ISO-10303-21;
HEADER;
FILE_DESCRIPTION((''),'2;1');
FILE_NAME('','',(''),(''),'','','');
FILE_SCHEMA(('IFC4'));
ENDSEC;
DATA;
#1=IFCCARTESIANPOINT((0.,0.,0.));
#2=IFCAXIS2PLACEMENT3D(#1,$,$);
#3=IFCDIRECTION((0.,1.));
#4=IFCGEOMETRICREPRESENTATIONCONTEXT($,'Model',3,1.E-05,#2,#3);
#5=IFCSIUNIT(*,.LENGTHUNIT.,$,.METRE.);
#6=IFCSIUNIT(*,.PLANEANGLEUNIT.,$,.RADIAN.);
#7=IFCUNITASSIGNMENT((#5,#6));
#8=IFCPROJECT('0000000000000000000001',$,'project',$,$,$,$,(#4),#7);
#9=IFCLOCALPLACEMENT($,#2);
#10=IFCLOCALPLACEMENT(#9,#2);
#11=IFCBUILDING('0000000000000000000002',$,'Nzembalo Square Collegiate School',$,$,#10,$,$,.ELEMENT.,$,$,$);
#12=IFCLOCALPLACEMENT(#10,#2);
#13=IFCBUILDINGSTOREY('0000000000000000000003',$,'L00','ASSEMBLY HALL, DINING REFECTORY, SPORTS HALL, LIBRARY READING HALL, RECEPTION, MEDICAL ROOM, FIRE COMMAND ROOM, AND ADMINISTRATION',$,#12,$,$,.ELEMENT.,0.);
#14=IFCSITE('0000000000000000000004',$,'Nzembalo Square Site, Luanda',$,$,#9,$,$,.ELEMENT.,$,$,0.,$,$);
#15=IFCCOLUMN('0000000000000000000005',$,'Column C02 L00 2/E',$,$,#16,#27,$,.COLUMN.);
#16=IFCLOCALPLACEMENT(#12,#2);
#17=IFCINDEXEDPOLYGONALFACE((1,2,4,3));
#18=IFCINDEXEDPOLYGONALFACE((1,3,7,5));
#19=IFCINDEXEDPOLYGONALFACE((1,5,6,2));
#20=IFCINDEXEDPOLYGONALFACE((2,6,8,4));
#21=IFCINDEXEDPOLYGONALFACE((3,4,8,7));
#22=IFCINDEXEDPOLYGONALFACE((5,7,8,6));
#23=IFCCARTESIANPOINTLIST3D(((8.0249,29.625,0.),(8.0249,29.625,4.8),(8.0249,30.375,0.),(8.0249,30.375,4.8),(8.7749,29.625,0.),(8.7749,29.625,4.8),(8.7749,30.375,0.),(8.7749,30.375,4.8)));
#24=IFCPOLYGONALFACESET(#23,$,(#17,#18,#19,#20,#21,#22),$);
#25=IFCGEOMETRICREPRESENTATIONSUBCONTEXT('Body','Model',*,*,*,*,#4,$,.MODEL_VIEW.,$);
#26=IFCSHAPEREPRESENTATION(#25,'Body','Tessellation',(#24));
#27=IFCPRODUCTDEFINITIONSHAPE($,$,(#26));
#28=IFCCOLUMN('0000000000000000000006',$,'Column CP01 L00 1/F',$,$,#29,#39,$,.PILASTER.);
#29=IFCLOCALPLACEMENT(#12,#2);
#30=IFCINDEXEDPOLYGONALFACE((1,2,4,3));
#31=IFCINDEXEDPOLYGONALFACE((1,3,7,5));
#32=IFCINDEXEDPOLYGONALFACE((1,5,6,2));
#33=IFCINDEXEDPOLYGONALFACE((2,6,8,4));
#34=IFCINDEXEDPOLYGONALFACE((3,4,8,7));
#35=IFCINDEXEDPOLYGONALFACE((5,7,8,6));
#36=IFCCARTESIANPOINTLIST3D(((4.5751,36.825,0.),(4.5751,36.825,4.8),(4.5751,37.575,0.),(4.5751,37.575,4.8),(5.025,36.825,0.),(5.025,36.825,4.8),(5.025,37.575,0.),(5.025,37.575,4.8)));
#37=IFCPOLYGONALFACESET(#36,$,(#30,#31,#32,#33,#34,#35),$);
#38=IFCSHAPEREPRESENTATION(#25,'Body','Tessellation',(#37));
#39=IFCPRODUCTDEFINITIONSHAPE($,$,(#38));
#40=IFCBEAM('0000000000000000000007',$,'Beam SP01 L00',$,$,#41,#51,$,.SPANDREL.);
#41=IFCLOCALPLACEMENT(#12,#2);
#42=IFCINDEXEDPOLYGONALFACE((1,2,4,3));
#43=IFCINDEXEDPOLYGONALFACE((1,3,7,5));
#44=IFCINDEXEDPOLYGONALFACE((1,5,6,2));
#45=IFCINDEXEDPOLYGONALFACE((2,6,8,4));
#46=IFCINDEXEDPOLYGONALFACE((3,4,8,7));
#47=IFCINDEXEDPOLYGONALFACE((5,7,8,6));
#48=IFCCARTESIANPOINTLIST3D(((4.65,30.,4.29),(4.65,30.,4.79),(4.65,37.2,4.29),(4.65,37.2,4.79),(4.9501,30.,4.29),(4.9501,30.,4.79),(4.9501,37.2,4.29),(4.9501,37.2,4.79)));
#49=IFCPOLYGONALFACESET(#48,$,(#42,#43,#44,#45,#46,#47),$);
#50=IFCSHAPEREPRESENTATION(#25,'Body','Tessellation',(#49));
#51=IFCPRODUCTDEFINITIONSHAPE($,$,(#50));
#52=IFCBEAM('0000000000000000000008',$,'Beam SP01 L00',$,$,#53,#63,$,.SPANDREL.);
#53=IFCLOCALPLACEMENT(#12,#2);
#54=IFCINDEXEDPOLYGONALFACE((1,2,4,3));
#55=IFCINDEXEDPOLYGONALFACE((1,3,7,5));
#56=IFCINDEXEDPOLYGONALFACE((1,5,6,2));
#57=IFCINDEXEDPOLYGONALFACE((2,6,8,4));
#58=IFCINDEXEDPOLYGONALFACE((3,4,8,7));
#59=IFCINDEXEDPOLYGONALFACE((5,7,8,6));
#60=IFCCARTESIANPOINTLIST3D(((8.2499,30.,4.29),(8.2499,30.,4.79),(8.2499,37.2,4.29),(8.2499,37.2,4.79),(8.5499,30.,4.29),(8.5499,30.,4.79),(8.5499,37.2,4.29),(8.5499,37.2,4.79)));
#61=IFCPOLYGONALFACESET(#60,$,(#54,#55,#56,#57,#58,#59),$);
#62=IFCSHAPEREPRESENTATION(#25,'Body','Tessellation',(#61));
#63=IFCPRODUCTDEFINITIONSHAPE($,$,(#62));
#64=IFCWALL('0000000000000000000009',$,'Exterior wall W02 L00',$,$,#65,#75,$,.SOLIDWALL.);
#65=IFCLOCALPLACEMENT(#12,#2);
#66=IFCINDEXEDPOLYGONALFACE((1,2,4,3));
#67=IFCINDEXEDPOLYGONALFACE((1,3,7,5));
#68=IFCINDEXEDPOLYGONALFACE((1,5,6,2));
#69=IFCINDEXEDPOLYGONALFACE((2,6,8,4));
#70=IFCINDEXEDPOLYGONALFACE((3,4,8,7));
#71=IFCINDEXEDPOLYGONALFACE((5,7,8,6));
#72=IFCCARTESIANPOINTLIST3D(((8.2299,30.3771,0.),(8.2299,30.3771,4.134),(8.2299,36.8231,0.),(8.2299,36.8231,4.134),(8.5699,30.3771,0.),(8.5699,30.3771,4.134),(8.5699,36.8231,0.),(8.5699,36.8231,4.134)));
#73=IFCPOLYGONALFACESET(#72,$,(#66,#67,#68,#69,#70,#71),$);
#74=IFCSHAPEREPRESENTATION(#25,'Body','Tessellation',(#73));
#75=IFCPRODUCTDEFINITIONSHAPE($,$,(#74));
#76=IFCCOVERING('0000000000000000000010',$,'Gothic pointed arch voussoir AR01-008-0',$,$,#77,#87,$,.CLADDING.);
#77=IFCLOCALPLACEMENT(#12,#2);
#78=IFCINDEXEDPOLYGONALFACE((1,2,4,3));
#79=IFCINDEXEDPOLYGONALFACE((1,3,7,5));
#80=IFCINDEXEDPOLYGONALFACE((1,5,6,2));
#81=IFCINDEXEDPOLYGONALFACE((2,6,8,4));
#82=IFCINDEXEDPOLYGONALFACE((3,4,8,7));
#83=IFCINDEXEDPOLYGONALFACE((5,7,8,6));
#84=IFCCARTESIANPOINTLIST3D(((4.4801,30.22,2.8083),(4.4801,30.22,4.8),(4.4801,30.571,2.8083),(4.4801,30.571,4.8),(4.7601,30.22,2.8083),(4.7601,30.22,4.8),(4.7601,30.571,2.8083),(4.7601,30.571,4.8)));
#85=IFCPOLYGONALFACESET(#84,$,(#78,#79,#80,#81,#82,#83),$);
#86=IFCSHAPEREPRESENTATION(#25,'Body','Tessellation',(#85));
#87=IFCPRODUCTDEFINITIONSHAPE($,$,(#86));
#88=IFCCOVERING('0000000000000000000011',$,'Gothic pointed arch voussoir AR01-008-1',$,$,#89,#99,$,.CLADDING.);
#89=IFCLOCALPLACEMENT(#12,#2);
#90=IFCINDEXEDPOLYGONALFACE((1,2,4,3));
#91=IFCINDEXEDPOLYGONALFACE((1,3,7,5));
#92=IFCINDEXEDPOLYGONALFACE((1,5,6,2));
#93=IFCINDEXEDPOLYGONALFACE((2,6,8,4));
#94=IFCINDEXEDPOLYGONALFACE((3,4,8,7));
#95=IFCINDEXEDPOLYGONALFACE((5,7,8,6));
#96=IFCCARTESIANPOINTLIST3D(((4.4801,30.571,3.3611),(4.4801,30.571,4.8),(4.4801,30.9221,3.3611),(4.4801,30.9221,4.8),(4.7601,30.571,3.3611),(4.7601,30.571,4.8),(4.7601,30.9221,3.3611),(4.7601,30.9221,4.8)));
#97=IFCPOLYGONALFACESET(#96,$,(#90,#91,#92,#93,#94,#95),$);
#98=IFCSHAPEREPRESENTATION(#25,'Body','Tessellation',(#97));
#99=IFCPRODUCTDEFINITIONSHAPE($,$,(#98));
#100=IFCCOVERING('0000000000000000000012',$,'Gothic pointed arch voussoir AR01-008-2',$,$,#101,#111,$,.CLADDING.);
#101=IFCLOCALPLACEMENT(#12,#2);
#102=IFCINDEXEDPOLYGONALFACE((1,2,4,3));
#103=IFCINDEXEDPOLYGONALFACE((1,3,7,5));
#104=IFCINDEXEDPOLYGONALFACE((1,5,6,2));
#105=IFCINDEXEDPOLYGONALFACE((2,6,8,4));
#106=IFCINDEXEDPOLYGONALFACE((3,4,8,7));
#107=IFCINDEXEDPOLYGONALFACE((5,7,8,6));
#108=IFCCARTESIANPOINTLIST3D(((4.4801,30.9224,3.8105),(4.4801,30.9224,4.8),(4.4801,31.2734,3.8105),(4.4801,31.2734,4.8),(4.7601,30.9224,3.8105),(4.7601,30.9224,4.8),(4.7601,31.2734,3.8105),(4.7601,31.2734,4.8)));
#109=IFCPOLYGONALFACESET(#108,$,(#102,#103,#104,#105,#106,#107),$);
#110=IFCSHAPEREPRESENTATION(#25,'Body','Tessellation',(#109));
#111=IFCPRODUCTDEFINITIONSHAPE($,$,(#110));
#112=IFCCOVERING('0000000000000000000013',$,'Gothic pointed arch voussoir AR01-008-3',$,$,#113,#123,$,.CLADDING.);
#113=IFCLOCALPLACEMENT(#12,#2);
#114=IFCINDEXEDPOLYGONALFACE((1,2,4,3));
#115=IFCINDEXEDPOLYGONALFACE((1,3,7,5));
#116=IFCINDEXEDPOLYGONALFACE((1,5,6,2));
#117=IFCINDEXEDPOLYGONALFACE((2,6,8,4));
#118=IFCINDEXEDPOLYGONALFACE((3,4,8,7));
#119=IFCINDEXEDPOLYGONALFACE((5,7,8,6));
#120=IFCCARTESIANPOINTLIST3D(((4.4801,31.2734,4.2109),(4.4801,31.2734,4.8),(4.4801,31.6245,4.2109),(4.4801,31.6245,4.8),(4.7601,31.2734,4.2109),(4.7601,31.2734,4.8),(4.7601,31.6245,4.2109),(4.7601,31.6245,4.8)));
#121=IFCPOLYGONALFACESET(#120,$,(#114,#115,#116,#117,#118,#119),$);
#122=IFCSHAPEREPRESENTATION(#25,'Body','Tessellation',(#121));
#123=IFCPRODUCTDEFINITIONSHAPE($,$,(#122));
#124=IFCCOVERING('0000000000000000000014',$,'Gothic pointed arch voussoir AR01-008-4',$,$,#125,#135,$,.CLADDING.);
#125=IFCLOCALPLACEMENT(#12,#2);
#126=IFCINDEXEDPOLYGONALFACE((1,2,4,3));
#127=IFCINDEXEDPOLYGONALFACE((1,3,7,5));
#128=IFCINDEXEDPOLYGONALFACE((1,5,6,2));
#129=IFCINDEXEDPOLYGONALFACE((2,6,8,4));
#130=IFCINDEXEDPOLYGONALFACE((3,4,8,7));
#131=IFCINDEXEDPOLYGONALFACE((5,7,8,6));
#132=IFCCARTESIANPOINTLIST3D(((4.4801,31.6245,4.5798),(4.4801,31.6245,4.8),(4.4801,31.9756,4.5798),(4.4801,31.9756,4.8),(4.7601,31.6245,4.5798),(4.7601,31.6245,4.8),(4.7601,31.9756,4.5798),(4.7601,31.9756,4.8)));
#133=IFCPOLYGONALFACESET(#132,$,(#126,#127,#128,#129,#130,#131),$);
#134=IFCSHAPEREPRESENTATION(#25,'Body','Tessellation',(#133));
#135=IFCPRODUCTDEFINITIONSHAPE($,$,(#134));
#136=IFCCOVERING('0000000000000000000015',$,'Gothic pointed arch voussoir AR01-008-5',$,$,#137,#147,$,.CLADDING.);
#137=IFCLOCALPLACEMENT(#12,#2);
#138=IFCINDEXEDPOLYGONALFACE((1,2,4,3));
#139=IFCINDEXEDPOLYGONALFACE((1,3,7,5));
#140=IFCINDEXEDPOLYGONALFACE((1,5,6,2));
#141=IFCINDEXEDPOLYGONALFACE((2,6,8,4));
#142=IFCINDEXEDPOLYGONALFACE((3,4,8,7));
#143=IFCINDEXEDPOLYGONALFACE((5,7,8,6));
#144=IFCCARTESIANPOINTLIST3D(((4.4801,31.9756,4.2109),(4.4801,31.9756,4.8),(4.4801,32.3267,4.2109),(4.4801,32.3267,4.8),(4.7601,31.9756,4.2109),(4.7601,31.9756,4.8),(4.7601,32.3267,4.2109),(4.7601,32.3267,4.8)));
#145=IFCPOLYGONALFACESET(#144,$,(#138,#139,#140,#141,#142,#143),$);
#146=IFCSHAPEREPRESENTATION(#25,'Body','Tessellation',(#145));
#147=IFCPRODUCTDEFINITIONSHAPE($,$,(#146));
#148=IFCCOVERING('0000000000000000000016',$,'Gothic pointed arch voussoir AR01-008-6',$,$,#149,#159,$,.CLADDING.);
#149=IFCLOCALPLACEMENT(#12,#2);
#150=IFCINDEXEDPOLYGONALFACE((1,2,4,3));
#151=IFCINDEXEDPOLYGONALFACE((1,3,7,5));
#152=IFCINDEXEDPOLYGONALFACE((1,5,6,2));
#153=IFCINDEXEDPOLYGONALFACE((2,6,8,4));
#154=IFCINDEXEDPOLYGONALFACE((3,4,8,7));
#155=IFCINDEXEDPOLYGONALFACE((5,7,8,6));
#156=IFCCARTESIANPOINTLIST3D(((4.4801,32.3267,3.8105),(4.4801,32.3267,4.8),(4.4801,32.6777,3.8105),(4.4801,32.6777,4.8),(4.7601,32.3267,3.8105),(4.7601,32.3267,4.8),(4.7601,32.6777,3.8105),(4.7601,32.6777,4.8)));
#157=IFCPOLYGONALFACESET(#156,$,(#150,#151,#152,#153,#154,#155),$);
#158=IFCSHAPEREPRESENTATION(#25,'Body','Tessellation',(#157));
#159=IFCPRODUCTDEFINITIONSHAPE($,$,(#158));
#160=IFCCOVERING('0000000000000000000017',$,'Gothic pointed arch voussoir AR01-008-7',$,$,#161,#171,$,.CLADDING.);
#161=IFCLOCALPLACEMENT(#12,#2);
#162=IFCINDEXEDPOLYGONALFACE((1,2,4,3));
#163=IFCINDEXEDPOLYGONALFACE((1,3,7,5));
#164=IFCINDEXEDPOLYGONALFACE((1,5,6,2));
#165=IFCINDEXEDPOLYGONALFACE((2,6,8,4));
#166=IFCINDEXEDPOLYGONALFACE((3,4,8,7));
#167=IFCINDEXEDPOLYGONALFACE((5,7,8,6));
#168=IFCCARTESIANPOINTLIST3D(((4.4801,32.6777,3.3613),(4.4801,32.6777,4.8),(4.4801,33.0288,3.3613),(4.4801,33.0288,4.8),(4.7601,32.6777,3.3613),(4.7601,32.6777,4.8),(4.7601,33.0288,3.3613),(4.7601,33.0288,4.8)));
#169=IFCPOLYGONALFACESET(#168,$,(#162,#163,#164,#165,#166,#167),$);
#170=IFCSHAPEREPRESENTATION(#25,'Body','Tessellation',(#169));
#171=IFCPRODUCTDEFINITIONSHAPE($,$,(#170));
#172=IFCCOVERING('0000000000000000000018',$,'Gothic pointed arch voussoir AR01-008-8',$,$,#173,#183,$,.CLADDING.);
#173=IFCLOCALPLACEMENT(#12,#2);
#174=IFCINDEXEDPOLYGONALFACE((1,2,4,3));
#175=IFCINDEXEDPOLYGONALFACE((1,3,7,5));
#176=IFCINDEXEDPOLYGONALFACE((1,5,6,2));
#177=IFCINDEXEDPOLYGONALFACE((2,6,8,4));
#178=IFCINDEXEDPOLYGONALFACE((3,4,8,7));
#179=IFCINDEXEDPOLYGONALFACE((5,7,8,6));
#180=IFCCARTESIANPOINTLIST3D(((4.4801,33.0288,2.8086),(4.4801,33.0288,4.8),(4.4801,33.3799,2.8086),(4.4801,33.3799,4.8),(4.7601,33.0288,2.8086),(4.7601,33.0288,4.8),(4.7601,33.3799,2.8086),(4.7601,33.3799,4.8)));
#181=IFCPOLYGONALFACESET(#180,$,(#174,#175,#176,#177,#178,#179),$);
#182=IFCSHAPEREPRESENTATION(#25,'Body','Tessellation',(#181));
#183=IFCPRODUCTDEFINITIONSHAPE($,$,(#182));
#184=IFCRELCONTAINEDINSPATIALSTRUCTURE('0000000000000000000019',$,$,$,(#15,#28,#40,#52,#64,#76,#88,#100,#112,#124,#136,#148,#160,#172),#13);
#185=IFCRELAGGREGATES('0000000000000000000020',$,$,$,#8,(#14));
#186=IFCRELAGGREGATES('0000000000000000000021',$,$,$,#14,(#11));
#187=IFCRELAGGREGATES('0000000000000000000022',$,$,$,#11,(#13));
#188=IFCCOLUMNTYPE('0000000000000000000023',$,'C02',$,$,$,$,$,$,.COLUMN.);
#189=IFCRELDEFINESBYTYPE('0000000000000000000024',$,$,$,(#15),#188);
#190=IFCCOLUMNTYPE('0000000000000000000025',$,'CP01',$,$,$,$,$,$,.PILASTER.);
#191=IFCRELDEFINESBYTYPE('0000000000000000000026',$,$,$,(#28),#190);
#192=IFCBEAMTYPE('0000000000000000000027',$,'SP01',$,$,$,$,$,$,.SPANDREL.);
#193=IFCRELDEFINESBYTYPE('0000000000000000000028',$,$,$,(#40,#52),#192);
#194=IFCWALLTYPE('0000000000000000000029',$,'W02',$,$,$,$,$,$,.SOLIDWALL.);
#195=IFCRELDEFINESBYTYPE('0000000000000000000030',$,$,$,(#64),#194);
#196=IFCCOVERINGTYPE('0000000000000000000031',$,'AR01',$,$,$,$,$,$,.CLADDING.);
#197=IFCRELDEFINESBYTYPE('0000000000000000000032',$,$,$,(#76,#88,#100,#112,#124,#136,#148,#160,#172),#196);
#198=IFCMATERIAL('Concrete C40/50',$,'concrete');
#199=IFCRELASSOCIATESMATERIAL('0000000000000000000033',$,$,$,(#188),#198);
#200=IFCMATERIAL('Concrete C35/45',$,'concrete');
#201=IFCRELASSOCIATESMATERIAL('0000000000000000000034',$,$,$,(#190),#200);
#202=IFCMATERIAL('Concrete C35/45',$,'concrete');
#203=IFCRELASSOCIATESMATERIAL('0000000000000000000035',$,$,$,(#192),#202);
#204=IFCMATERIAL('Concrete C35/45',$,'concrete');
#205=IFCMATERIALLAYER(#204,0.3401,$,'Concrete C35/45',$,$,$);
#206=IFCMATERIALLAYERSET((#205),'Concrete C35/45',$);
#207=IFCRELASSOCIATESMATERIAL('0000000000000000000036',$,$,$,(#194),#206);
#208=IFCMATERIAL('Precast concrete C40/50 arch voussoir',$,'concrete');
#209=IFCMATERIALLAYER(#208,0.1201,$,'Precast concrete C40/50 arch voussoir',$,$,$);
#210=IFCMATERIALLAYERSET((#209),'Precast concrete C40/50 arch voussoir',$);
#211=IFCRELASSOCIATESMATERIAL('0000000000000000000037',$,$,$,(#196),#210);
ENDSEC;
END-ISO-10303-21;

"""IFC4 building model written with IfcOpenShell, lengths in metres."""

from ifc_helpers import new_model, si_unit, direction, frame, frame_2d, origin, origin_2d, place, context, subcontext, project, spatial, rectangle, extrude, material, layer, layer_set, material_profile, profile_set, type_object, element, save


model = new_model("IFC4")

# Units and contexts
model_context = context("Model", 3, precision=1e-05, world=origin(), true_north=direction((0.0, 1.0)))
body_context = subcontext(model_context, "Body", "Model", "MODEL_VIEW")
ifc_project = project(units=[si_unit("LENGTHUNIT", "METRE"), si_unit("PLANEANGLEUNIT", "RADIAN")], contexts=[model_context])

# Site, building, storey
site_placement = place(None, origin())
site = spatial("IfcSite", under=ifc_project, at=site_placement, Name="Nzembalo Square Site, Luanda", CompositionType="ELEMENT", RefElevation=0.0)
building_placement = place(site_placement, origin())
building = spatial("IfcBuilding", under=site, at=building_placement, Name="Nzembalo Square Collegiate School", CompositionType="ELEMENT")
storey_placement = place(building_placement, origin())
storey = spatial("IfcBuildingStorey", under=building, at=storey_placement, Name="L00", Description="ASSEMBLY HALL, DINING REFECTORY, SPORTS HALL, LIBRARY READING HALL, RECEPTION, MEDICAL ROOM, FIRE COMMAND ROOM, AND ADMINISTRATION", CompositionType="ELEMENT", Elevation=0.0)

# Columns
ifc_material_1 = material(Name="Concrete C40/50", Category="concrete")
ifc_material_profile_1 = material_profile(ifc_material_1, rectangle(XDim=0.75, YDim=0.75, at=origin_2d()), Name="RC 750x750")
ifc_profile_set_1 = profile_set([ifc_material_profile_1], Name="Concrete C40/50")
column_type_1 = type_object("IfcColumnType", Name="C02", PredefinedType="COLUMN", material=ifc_profile_set_1)
column_1_placement = place(storey_placement, frame((8.3999, 30.0, 0.0), z_axis=(0.0, 0.0, 1.0), x_axis=(1.0, 0.0, 0.0)))
element("IfcColumn", 1, at=column_1_placement, inside=storey, type_object=column_type_1, Name="Column C02 L00 2/E", PredefinedType="COLUMN", context=body_context, shape_type="SweptSolid", body=[
    extrude(rectangle(XDim=0.75, YDim=0.75, at=origin_2d()), origin(), (0.0, 0.0, 1.0), 4.8),
])
ifc_material_2 = material(Name="Concrete C35/45", Category="concrete")
ifc_material_profile_2 = material_profile(ifc_material_2, rectangle(XDim=0.45, YDim=0.75, at=origin_2d()), Name="RC 450x750")
ifc_profile_set_2 = profile_set([ifc_material_profile_2], Name="Concrete C35/45")
column_type_2 = type_object("IfcColumnType", Name="CP01", PredefinedType="PILASTER", material=ifc_profile_set_2)
column_2_placement = place(storey_placement, frame((4.8, 37.2, 0.0), z_axis=(0.0, 0.0, 1.0), x_axis=(1.0, 0.0, 0.0)))
element("IfcColumn", 2, at=column_2_placement, inside=storey, type_object=column_type_2, Name="Column CP01 L00 1/F", PredefinedType="PILASTER", context=body_context, shape_type="SweptSolid", body=[
    extrude(rectangle(XDim=0.45, YDim=0.75, at=origin_2d()), origin(), (0.0, 0.0, 1.0), 4.8),
])

# Beams
ifc_material_3 = material(Name="Concrete C35/45", Category="concrete")
ifc_material_profile_3 = material_profile(ifc_material_3, rectangle(XDim=0.3, YDim=0.5, at=origin_2d()), Name="RC 300x500")
ifc_profile_set_3 = profile_set([ifc_material_profile_3], Name="Concrete C35/45")
beam_type = type_object("IfcBeamType", Name="SP01", PredefinedType="SPANDREL", material=ifc_profile_set_3)
for number, where, z_axis, x_axis, name in (
    (3, (4.8, 30.0, 4.54), (0.0, 1.0, 0.0), (-1.0, 0.0, 0.0), "Beam SP01 L00"),
    (4, (8.3999, 30.0, 4.54), (0.0, 1.0, 0.0), (-1.0, 0.0, 0.0), "Beam SP01 L00"),
):
    element("IfcBeam", number, at=place(storey_placement, frame(where, z_axis=z_axis, x_axis=x_axis)), inside=storey, type_object=beam_type, Name=name, PredefinedType="SPANDREL", context=body_context, shape_type="SweptSolid", body=[
        extrude(rectangle(XDim=0.3, YDim=0.5, at=origin_2d()), origin(), (0.0, 0.0, 1.0), 7.2),
    ])

# Wall
ifc_material_4 = material(Name="Concrete C35/45", Category="concrete")
ifc_layer_1 = layer(ifc_material_4, 0.3401, Name="Concrete C35/45")
ifc_layer_set_1 = layer_set([ifc_layer_1], Name="Concrete C35/45")
wall_type = type_object("IfcWallType", Name="W02", PredefinedType="SOLIDWALL", material=ifc_layer_set_1)
wall_placement = place(storey_placement, frame((8.3999, 30.377, 0.0), z_axis=(0.0, 0.0, 1.0), x_axis=(0.0, 1.0, 0.0)))
element("IfcWall", 5, at=wall_placement, inside=storey, type_object=wall_type, Name="Exterior wall W02 L00", PredefinedType="SOLIDWALL", context=body_context, shape_type="SweptSolid", body=[
    extrude(rectangle(XDim=6.446, YDim=0.3401, at=frame_2d((3.2231, 0.0))), origin(), (0.0, 0.0, 1.0), 4.134),
])

# Coverings
ifc_material_5 = material(Name="Precast concrete C40/50 arch voussoir", Category="concrete")
ifc_layer_2 = layer(ifc_material_5, 0.1201, Name="Precast concrete C40/50 arch voussoir")
ifc_layer_set_2 = layer_set([ifc_layer_2], Name="Precast concrete C40/50 arch voussoir")
covering_type = type_object("IfcCoveringType", Name="AR01", PredefinedType="CLADDING", material=ifc_layer_set_2)
covering_1_placement = place(storey_placement, frame((4.6201, 30.3955, 2.8083), z_axis=(0.0, 0.0, 1.0), x_axis=(1.0, 0.0, 0.0)))
element("IfcCovering", 6, at=covering_1_placement, inside=storey, type_object=covering_type, Name="Gothic pointed arch voussoir AR01-008-0", PredefinedType="CLADDING", context=body_context, shape_type="SweptSolid", body=[
    extrude(rectangle(XDim=0.28, YDim=0.3511, at=origin_2d()), origin(), (0.0, 0.0, 1.0), 1.9917),
])
covering_2_placement = place(storey_placement, frame((4.6201, 30.7466, 3.3611), z_axis=(0.0, 0.0, 1.0), x_axis=(1.0, 0.0, 0.0)))
element("IfcCovering", 7, at=covering_2_placement, inside=storey, type_object=covering_type, Name="Gothic pointed arch voussoir AR01-008-1", PredefinedType="CLADDING", context=body_context, shape_type="SweptSolid", body=[
    extrude(rectangle(XDim=0.28, YDim=0.3511, at=origin_2d()), origin(), (0.0, 0.0, 1.0), 1.439),
])
covering_3_placement = place(storey_placement, frame((4.6201, 31.0979, 3.8105), z_axis=(0.0, 0.0, 1.0), x_axis=(1.0, 0.0, 0.0)))
element("IfcCovering", 8, at=covering_3_placement, inside=storey, type_object=covering_type, Name="Gothic pointed arch voussoir AR01-008-2", PredefinedType="CLADDING", context=body_context, shape_type="SweptSolid", body=[
    extrude(rectangle(XDim=0.28, YDim=0.3511, at=origin_2d()), origin(), (0.0, 0.0, 1.0), 0.9895),
])
covering_4_placement = place(storey_placement, frame((4.6201, 31.449, 4.2109), z_axis=(0.0, 0.0, 1.0), x_axis=(1.0, 0.0, 0.0)))
element("IfcCovering", 9, at=covering_4_placement, inside=storey, type_object=covering_type, Name="Gothic pointed arch voussoir AR01-008-3", PredefinedType="CLADDING", context=body_context, shape_type="SweptSolid", body=[
    extrude(rectangle(XDim=0.28, YDim=0.3511, at=origin_2d()), origin(), (0.0, 0.0, 1.0), 0.5891),
])
covering_5_placement = place(storey_placement, frame((4.6201, 31.8, 4.5798), z_axis=(0.0, 0.0, 1.0), x_axis=(1.0, 0.0, 0.0)))
element("IfcCovering", 10, at=covering_5_placement, inside=storey, type_object=covering_type, Name="Gothic pointed arch voussoir AR01-008-4", PredefinedType="CLADDING", context=body_context, shape_type="SweptSolid", body=[
    extrude(rectangle(XDim=0.28, YDim=0.3511, at=origin_2d()), origin(), (0.0, 0.0, 1.0), 0.2202),
])
covering_6_placement = place(storey_placement, frame((4.6201, 32.1511, 4.2109), z_axis=(0.0, 0.0, 1.0), x_axis=(1.0, 0.0, 0.0)))
element("IfcCovering", 11, at=covering_6_placement, inside=storey, type_object=covering_type, Name="Gothic pointed arch voussoir AR01-008-5", PredefinedType="CLADDING", context=body_context, shape_type="SweptSolid", body=[
    extrude(rectangle(XDim=0.28, YDim=0.3511, at=origin_2d()), origin(), (0.0, 0.0, 1.0), 0.5891),
])
covering_7_placement = place(storey_placement, frame((4.6201, 32.5022, 3.8105), z_axis=(0.0, 0.0, 1.0), x_axis=(1.0, 0.0, 0.0)))
element("IfcCovering", 12, at=covering_7_placement, inside=storey, type_object=covering_type, Name="Gothic pointed arch voussoir AR01-008-6", PredefinedType="CLADDING", context=body_context, shape_type="SweptSolid", body=[
    extrude(rectangle(XDim=0.28, YDim=0.3511, at=origin_2d()), origin(), (0.0, 0.0, 1.0), 0.9895),
])
covering_8_placement = place(storey_placement, frame((4.6201, 32.8533, 3.3613), z_axis=(0.0, 0.0, 1.0), x_axis=(1.0, 0.0, 0.0)))
element("IfcCovering", 13, at=covering_8_placement, inside=storey, type_object=covering_type, Name="Gothic pointed arch voussoir AR01-008-7", PredefinedType="CLADDING", context=body_context, shape_type="SweptSolid", body=[
    extrude(rectangle(XDim=0.28, YDim=0.3511, at=origin_2d()), origin(), (0.0, 0.0, 1.0), 1.4387),
])
covering_9_placement = place(storey_placement, frame((4.6201, 33.2043, 2.8086), z_axis=(0.0, 0.0, 1.0), x_axis=(1.0, 0.0, 0.0)))
element("IfcCovering", 14, at=covering_9_placement, inside=storey, type_object=covering_type, Name="Gothic pointed arch voussoir AR01-008-8", PredefinedType="CLADDING", context=body_context, shape_type="SweptSolid", body=[
    extrude(rectangle(XDim=0.28, YDim=0.3511, at=origin_2d()), origin(), (0.0, 0.0, 1.0), 1.9915),
])

save(model, "model.ifc")
